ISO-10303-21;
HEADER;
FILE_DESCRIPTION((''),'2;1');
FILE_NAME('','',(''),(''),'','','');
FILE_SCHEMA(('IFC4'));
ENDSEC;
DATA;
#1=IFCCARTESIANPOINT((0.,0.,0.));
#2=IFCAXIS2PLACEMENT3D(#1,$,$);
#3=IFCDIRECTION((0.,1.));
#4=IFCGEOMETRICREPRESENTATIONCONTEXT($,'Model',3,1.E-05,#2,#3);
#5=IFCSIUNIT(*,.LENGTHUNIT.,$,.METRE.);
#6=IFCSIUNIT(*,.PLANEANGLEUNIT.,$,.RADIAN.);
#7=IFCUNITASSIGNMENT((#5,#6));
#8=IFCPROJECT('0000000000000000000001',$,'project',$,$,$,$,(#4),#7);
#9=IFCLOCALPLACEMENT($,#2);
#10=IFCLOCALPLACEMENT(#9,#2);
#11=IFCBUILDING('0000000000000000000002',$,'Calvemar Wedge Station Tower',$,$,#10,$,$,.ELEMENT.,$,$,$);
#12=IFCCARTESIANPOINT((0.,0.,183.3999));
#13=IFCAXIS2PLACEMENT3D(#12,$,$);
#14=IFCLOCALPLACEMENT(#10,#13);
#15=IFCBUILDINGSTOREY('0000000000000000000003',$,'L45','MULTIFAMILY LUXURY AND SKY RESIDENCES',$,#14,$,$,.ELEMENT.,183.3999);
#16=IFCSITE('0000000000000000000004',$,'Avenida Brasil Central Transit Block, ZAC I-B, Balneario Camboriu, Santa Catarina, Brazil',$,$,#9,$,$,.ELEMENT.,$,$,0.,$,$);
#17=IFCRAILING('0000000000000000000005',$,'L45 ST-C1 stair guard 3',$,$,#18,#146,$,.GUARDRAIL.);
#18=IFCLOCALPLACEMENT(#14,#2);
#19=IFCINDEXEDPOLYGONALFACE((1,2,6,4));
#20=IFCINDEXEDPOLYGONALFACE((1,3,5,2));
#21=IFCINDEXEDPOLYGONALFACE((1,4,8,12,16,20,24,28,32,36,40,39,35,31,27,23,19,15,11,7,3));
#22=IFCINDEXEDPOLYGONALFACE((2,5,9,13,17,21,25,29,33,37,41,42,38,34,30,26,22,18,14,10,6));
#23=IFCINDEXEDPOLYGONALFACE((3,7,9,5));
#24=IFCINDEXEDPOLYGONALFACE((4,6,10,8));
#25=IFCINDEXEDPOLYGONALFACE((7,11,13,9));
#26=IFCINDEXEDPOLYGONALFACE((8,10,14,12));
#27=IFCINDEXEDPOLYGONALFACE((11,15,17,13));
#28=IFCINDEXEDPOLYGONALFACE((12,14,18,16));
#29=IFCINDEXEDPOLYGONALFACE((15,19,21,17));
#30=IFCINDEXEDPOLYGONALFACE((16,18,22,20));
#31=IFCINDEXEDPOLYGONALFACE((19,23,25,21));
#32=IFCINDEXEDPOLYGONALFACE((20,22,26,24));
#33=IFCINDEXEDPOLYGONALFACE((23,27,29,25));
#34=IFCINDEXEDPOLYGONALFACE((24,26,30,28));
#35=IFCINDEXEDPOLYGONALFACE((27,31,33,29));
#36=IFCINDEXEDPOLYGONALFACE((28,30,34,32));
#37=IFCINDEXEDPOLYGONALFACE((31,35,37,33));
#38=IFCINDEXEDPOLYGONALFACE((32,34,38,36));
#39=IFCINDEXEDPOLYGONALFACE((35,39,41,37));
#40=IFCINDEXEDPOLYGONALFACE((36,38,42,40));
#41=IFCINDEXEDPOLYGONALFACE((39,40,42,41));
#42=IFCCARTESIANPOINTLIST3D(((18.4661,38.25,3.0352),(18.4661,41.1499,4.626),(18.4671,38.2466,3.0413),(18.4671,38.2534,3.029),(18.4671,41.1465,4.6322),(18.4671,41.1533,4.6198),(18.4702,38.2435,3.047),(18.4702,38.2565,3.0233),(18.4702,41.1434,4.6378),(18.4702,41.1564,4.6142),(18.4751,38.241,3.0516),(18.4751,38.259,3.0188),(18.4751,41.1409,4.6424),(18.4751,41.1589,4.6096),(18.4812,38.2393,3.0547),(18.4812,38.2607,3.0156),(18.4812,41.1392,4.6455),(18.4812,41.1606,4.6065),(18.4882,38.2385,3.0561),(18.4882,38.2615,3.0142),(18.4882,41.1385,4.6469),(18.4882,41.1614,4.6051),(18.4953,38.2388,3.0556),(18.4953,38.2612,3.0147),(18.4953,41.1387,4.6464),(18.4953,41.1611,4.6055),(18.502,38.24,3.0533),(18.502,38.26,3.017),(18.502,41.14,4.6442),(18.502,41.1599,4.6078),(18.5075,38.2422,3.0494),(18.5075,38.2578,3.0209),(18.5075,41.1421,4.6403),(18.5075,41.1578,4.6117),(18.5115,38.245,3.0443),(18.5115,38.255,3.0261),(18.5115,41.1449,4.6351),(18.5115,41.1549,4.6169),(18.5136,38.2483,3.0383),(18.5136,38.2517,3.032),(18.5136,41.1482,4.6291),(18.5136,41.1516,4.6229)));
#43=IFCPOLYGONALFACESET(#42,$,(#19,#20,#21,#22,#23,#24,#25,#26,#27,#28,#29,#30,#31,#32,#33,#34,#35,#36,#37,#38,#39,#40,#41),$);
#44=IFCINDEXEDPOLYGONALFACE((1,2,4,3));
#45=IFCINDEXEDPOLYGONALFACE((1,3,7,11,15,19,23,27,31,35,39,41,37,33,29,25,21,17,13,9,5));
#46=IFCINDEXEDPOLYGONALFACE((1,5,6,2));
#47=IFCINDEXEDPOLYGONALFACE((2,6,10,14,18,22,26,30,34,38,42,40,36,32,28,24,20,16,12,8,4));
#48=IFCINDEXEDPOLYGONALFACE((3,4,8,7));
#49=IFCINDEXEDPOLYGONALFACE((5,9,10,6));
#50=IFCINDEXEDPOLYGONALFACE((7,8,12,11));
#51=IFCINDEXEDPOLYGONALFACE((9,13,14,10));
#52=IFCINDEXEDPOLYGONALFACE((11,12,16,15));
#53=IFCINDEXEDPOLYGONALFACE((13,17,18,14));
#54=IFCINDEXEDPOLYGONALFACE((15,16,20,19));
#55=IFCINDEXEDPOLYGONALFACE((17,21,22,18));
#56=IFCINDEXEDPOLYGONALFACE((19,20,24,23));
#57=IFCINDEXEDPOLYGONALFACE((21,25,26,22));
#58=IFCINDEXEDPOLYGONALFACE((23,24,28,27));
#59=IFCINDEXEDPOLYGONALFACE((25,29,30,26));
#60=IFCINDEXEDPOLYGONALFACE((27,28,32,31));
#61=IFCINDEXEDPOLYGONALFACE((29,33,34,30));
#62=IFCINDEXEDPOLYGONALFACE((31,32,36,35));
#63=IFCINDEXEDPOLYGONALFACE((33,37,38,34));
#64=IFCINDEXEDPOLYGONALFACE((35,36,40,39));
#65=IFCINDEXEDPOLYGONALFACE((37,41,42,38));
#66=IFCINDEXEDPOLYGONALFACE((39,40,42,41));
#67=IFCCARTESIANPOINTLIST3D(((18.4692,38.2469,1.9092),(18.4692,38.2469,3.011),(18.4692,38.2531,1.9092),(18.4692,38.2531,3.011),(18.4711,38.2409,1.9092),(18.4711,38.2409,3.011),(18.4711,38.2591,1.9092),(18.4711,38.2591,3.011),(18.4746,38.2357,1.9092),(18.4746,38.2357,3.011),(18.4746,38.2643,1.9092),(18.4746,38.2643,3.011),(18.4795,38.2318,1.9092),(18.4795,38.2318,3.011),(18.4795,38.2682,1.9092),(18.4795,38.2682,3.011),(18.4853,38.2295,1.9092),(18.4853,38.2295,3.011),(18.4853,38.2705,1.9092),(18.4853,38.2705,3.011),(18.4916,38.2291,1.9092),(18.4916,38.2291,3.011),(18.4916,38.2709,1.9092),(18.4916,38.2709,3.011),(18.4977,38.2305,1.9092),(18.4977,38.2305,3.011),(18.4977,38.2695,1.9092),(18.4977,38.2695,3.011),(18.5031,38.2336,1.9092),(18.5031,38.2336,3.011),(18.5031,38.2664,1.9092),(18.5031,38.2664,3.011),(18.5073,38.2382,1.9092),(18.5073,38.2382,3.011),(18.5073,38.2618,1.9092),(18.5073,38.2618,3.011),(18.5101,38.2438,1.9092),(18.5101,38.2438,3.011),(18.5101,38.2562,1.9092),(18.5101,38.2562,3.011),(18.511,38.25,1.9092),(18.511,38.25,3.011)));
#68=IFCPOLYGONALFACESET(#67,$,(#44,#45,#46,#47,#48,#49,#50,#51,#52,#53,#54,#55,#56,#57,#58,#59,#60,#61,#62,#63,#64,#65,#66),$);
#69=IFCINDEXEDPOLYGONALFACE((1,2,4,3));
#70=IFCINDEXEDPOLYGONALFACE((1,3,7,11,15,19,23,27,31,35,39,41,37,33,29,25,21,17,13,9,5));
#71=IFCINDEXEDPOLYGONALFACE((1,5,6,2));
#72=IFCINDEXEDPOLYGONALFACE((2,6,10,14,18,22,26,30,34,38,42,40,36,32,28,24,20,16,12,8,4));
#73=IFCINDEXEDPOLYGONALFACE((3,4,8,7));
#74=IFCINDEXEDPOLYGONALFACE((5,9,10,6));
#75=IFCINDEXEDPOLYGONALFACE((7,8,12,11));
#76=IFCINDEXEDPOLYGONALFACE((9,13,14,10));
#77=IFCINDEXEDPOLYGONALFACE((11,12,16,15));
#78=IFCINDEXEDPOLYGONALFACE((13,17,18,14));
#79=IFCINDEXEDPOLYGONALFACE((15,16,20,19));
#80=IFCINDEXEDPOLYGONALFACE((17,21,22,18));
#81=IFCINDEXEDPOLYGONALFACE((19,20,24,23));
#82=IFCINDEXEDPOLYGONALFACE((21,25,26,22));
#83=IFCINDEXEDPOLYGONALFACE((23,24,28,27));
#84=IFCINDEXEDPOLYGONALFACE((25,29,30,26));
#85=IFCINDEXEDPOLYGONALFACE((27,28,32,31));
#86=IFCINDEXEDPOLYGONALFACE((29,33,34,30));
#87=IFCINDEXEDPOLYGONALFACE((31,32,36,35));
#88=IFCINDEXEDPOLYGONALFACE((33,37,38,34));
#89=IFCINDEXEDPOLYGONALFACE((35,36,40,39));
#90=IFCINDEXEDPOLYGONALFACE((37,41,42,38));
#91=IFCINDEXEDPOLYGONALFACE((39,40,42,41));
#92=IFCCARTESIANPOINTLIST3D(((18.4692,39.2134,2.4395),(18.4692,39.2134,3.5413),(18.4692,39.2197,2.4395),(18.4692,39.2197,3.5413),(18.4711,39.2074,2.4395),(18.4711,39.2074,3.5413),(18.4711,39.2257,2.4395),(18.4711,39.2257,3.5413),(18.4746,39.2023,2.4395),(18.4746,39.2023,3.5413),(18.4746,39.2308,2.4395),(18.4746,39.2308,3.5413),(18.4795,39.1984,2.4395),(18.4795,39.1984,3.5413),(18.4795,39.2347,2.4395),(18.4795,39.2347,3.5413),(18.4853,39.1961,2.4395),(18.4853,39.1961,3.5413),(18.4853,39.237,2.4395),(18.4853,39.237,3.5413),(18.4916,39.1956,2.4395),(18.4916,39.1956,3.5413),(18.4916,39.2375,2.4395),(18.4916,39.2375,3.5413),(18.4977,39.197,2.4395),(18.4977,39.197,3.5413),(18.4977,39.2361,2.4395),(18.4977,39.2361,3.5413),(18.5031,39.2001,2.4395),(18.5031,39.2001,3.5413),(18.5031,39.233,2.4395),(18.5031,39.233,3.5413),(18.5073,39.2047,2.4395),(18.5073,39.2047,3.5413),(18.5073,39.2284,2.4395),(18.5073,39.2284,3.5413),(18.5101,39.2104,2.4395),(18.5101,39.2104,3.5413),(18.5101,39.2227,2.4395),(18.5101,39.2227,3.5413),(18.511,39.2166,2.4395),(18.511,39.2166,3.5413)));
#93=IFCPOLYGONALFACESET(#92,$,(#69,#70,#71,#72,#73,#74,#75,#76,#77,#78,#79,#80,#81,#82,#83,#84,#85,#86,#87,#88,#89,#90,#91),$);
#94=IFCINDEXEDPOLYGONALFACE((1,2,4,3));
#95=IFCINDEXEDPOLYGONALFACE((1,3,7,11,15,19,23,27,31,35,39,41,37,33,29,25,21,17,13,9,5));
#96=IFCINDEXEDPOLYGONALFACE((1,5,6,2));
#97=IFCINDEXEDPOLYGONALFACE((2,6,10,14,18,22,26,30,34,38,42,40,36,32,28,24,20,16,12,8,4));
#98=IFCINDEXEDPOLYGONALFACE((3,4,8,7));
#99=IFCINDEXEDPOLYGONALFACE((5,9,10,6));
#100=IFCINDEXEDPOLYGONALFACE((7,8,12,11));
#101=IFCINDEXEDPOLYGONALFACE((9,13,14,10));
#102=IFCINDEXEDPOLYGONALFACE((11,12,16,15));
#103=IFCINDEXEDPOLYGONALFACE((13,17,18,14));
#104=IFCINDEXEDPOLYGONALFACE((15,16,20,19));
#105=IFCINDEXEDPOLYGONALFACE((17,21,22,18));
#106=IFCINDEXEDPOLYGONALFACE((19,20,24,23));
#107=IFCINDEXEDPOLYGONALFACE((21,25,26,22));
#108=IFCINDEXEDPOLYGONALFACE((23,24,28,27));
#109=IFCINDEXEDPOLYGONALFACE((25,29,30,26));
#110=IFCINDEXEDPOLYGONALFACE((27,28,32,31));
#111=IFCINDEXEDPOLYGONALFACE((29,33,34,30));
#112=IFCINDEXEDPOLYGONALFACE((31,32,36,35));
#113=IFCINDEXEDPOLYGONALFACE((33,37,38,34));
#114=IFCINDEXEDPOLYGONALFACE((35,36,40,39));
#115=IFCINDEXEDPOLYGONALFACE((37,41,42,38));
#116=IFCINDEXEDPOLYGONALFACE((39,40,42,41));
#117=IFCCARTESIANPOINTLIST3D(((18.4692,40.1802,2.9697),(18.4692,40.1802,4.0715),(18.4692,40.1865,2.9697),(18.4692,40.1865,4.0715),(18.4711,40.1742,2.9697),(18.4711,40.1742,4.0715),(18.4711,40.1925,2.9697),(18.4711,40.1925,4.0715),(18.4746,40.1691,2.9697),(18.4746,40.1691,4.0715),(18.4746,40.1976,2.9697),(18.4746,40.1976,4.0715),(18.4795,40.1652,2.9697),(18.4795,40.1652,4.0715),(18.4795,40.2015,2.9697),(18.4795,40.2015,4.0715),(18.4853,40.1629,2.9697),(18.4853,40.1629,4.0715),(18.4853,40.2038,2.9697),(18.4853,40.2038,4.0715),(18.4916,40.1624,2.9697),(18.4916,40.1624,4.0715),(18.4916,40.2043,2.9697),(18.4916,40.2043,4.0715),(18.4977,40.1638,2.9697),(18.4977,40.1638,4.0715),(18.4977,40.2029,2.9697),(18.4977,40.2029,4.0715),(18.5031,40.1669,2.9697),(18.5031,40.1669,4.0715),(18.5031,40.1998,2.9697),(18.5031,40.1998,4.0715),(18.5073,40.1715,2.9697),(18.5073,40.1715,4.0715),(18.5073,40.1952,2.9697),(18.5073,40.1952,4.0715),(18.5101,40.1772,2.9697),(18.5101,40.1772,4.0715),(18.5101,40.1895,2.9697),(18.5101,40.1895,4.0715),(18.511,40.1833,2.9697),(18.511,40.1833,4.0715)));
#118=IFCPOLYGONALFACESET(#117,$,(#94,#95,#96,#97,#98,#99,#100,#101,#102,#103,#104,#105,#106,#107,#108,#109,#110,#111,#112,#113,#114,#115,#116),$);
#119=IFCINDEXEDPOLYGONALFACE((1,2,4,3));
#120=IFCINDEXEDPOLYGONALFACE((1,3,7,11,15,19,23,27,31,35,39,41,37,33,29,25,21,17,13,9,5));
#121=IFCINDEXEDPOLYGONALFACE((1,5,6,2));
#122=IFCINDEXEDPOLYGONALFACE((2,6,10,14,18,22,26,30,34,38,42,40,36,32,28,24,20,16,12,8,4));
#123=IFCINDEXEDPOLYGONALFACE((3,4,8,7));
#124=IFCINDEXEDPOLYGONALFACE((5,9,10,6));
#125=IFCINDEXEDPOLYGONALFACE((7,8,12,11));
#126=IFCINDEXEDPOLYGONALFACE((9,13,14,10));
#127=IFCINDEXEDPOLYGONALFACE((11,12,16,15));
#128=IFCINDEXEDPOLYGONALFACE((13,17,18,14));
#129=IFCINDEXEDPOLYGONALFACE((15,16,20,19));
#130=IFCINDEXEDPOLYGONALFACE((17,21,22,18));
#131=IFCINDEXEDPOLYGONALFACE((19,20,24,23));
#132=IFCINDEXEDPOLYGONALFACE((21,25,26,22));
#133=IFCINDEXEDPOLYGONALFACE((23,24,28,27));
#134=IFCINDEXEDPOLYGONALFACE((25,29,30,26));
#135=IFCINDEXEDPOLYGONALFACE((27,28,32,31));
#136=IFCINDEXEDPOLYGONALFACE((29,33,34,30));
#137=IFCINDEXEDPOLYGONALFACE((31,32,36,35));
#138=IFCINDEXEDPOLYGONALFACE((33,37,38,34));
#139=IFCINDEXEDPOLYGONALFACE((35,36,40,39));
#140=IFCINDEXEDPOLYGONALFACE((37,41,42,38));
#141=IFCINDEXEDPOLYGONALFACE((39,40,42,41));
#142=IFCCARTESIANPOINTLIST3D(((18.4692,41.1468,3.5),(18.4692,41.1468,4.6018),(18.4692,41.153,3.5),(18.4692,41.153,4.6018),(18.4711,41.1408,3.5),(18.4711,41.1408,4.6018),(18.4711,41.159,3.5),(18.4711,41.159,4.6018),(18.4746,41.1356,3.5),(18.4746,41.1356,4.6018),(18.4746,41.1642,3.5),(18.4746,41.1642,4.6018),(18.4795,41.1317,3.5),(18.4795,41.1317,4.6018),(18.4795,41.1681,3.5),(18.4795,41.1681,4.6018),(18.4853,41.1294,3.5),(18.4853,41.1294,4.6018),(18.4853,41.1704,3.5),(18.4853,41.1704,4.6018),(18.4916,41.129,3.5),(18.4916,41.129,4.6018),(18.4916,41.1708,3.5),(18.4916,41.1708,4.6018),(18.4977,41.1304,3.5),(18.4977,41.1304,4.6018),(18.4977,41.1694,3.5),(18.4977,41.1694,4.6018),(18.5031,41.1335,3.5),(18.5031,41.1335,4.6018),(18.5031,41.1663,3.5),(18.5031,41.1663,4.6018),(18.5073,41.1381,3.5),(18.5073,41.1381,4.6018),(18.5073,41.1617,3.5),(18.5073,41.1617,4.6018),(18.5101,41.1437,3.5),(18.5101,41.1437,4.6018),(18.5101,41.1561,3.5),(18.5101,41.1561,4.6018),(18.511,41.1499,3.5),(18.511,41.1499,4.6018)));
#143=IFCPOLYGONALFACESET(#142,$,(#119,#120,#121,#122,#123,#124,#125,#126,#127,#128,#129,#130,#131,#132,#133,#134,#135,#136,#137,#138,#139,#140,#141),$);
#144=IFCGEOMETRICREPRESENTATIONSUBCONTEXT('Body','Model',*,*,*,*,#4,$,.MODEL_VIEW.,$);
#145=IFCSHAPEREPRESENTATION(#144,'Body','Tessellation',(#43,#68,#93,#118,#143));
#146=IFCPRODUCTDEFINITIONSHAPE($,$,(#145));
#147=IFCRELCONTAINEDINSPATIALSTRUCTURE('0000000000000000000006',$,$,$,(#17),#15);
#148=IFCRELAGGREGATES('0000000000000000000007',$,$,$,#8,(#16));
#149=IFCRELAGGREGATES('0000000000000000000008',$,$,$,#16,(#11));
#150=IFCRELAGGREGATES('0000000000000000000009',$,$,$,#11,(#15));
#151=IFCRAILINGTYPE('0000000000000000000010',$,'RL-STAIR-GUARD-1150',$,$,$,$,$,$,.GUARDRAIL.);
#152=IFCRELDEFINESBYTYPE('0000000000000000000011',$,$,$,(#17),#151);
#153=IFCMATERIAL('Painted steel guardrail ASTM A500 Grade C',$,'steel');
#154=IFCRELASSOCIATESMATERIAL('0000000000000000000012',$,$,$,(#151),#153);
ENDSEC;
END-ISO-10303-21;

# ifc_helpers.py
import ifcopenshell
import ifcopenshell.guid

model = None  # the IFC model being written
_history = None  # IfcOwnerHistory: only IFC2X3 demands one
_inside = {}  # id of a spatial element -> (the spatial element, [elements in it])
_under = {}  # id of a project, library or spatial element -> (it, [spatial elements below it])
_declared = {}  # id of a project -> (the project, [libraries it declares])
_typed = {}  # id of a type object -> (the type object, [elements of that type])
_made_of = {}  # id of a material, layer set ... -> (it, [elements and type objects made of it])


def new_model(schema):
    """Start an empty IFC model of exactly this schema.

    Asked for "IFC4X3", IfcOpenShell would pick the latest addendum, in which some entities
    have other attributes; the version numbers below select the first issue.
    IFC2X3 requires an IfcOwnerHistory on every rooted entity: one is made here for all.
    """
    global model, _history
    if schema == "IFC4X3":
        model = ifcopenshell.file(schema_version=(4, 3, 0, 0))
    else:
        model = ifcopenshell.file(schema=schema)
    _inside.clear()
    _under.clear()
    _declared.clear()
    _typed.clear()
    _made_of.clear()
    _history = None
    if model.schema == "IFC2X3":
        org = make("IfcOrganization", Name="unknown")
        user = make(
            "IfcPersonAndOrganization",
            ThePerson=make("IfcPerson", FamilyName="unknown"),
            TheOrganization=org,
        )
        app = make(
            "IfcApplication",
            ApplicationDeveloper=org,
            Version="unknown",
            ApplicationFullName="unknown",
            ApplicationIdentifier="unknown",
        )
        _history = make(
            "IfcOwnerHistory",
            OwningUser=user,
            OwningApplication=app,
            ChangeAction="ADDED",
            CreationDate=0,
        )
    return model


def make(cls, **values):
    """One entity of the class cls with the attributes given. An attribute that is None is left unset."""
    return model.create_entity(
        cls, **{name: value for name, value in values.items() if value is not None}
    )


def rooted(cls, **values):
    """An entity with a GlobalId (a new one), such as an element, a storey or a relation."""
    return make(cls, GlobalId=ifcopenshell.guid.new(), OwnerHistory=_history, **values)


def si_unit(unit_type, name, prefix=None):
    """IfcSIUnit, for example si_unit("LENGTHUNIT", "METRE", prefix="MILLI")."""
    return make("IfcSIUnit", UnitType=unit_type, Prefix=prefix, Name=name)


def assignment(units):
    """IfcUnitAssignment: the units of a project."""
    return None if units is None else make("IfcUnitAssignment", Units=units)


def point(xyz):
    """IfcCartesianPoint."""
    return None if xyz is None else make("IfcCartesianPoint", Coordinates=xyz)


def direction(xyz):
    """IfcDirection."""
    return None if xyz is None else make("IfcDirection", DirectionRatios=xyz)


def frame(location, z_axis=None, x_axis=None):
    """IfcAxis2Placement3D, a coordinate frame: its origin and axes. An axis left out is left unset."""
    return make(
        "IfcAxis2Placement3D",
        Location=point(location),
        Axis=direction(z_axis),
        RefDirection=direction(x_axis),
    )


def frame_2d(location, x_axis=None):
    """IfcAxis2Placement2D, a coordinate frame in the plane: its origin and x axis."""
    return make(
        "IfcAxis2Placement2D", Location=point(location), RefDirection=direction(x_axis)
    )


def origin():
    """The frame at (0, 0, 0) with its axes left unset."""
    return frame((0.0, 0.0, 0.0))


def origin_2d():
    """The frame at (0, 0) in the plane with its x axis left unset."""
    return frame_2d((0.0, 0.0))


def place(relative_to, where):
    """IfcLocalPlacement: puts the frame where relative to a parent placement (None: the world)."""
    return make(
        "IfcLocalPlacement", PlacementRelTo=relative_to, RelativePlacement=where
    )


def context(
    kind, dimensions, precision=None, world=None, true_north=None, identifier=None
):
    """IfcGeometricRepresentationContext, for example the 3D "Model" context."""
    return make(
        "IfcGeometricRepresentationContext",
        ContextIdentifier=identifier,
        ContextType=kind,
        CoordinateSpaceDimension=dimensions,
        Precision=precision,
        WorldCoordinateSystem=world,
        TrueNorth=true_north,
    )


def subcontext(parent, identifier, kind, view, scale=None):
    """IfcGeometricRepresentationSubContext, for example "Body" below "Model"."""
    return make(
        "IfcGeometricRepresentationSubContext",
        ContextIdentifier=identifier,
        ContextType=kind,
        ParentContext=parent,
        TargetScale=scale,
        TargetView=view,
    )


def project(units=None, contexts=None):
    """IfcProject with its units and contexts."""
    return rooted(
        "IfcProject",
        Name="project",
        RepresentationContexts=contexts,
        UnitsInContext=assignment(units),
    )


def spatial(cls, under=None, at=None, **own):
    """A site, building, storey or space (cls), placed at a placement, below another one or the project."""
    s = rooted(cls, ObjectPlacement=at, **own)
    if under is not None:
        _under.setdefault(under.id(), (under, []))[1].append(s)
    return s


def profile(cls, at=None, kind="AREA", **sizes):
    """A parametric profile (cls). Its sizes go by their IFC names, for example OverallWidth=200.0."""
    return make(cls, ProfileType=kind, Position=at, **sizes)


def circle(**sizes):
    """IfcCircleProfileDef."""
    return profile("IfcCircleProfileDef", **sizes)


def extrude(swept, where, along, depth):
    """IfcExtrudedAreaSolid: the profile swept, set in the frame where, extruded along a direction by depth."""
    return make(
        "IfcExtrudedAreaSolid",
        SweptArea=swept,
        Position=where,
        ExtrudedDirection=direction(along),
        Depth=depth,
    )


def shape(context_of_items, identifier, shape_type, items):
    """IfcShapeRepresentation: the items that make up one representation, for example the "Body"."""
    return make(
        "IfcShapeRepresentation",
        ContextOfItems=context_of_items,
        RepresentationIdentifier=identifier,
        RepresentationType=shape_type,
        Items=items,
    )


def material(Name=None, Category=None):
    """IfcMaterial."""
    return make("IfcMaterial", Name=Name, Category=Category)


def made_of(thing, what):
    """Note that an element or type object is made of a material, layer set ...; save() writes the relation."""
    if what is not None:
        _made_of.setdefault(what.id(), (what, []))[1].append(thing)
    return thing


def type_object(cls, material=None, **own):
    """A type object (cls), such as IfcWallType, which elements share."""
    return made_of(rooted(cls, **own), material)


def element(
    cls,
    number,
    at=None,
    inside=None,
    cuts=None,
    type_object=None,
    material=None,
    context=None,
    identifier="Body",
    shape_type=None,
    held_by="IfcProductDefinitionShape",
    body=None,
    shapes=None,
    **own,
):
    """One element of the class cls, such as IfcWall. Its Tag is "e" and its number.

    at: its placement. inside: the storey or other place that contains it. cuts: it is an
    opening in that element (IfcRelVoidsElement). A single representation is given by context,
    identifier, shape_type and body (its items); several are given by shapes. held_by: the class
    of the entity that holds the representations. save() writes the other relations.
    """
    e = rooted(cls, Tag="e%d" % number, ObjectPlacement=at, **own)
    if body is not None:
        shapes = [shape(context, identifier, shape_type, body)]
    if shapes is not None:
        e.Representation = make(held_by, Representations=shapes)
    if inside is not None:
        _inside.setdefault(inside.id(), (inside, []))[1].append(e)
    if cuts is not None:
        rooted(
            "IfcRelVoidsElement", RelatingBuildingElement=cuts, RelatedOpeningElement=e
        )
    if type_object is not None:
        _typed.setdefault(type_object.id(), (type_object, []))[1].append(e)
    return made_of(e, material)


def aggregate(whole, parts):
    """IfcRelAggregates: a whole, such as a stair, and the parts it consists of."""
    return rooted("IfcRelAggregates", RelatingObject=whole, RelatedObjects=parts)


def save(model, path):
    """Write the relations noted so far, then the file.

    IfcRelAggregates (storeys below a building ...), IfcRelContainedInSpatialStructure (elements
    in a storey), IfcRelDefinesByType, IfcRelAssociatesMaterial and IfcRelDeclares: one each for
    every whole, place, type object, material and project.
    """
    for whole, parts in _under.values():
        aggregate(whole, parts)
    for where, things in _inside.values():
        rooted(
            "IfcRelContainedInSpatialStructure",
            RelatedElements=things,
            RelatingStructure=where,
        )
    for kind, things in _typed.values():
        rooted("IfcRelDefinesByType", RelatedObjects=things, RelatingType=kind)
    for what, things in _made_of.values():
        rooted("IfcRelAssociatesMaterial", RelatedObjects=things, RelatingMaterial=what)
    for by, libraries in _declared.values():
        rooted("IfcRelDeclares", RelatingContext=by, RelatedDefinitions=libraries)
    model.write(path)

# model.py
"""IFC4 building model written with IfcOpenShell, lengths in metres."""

from ifc_helpers import new_model, si_unit, direction, frame, origin, origin_2d, place, context, subcontext, project, spatial, circle, extrude, material, type_object, element, save


model = new_model("IFC4")

# Units and contexts
model_context = context("Model", 3, precision=1e-05, world=origin(), true_north=direction((0.0, 1.0)))
body_context = subcontext(model_context, "Body", "Model", "MODEL_VIEW")
ifc_project = project(units=[si_unit("LENGTHUNIT", "METRE"), si_unit("PLANEANGLEUNIT", "RADIAN")], contexts=[model_context])

# Site, building, storey
site_placement = place(None, origin())
site = spatial("IfcSite", under=ifc_project, at=site_placement, Name="Avenida Brasil Central Transit Block, ZAC I-B, Balneario Camboriu, Santa Catarina, Brazil", CompositionType="ELEMENT", RefElevation=0.0)
building_placement = place(site_placement, origin())
building = spatial("IfcBuilding", under=site, at=building_placement, Name="Calvemar Wedge Station Tower", CompositionType="ELEMENT")
storey_placement = place(building_placement, frame((0.0, 0.0, 183.3999)))
storey = spatial("IfcBuildingStorey", under=building, at=storey_placement, Name="L45", Description="MULTIFAMILY LUXURY AND SKY RESIDENCES", CompositionType="ELEMENT", Elevation=183.3999)

# Railing
ifc_material_1 = material(Name="Painted steel guardrail ASTM A500 Grade C", Category="steel")
railing_type_1 = type_object("IfcRailingType", Name="RL-STAIR-GUARD-1150", PredefinedType="GUARDRAIL", material=ifc_material_1)
railing_1_placement = place(storey_placement, frame((18.49, 38.25, 1.9092)))
element("IfcRailing", 1, at=railing_1_placement, inside=storey, type_object=railing_type_1, Name="L45 ST-C1 stair guard 3", PredefinedType="GUARDRAIL", context=body_context, shape_type="SweptSolid", body=[
    extrude(circle(Radius=0.0239, at=origin_2d()), frame((0.0, 0.0, 1.126), z_axis=(0.0, 0.876742, 0.480961), x_axis=(-1.0, 0.0, 0.0)), (0.0, 0.0, 1.0), 3.3076),
    extrude(circle(Radius=0.021, at=origin_2d()), origin(), (0.0, 0.0, 1.0), 1.1018),
    extrude(circle(Radius=0.021, at=origin_2d()), frame((0.0, 0.9666, 0.5303)), (0.0, 0.0, 1.0), 1.1018),
    extrude(circle(Radius=0.021, at=origin_2d()), frame((0.0, 1.9333, 1.0605)), (0.0, 0.0, 1.0), 1.1018),
    extrude(circle(Radius=0.021, at=origin_2d()), frame((0.0, 2.8999, 1.5908)), (0.0, 0.0, 1.0), 1.1018),
])

save(model, "model.ifc")
